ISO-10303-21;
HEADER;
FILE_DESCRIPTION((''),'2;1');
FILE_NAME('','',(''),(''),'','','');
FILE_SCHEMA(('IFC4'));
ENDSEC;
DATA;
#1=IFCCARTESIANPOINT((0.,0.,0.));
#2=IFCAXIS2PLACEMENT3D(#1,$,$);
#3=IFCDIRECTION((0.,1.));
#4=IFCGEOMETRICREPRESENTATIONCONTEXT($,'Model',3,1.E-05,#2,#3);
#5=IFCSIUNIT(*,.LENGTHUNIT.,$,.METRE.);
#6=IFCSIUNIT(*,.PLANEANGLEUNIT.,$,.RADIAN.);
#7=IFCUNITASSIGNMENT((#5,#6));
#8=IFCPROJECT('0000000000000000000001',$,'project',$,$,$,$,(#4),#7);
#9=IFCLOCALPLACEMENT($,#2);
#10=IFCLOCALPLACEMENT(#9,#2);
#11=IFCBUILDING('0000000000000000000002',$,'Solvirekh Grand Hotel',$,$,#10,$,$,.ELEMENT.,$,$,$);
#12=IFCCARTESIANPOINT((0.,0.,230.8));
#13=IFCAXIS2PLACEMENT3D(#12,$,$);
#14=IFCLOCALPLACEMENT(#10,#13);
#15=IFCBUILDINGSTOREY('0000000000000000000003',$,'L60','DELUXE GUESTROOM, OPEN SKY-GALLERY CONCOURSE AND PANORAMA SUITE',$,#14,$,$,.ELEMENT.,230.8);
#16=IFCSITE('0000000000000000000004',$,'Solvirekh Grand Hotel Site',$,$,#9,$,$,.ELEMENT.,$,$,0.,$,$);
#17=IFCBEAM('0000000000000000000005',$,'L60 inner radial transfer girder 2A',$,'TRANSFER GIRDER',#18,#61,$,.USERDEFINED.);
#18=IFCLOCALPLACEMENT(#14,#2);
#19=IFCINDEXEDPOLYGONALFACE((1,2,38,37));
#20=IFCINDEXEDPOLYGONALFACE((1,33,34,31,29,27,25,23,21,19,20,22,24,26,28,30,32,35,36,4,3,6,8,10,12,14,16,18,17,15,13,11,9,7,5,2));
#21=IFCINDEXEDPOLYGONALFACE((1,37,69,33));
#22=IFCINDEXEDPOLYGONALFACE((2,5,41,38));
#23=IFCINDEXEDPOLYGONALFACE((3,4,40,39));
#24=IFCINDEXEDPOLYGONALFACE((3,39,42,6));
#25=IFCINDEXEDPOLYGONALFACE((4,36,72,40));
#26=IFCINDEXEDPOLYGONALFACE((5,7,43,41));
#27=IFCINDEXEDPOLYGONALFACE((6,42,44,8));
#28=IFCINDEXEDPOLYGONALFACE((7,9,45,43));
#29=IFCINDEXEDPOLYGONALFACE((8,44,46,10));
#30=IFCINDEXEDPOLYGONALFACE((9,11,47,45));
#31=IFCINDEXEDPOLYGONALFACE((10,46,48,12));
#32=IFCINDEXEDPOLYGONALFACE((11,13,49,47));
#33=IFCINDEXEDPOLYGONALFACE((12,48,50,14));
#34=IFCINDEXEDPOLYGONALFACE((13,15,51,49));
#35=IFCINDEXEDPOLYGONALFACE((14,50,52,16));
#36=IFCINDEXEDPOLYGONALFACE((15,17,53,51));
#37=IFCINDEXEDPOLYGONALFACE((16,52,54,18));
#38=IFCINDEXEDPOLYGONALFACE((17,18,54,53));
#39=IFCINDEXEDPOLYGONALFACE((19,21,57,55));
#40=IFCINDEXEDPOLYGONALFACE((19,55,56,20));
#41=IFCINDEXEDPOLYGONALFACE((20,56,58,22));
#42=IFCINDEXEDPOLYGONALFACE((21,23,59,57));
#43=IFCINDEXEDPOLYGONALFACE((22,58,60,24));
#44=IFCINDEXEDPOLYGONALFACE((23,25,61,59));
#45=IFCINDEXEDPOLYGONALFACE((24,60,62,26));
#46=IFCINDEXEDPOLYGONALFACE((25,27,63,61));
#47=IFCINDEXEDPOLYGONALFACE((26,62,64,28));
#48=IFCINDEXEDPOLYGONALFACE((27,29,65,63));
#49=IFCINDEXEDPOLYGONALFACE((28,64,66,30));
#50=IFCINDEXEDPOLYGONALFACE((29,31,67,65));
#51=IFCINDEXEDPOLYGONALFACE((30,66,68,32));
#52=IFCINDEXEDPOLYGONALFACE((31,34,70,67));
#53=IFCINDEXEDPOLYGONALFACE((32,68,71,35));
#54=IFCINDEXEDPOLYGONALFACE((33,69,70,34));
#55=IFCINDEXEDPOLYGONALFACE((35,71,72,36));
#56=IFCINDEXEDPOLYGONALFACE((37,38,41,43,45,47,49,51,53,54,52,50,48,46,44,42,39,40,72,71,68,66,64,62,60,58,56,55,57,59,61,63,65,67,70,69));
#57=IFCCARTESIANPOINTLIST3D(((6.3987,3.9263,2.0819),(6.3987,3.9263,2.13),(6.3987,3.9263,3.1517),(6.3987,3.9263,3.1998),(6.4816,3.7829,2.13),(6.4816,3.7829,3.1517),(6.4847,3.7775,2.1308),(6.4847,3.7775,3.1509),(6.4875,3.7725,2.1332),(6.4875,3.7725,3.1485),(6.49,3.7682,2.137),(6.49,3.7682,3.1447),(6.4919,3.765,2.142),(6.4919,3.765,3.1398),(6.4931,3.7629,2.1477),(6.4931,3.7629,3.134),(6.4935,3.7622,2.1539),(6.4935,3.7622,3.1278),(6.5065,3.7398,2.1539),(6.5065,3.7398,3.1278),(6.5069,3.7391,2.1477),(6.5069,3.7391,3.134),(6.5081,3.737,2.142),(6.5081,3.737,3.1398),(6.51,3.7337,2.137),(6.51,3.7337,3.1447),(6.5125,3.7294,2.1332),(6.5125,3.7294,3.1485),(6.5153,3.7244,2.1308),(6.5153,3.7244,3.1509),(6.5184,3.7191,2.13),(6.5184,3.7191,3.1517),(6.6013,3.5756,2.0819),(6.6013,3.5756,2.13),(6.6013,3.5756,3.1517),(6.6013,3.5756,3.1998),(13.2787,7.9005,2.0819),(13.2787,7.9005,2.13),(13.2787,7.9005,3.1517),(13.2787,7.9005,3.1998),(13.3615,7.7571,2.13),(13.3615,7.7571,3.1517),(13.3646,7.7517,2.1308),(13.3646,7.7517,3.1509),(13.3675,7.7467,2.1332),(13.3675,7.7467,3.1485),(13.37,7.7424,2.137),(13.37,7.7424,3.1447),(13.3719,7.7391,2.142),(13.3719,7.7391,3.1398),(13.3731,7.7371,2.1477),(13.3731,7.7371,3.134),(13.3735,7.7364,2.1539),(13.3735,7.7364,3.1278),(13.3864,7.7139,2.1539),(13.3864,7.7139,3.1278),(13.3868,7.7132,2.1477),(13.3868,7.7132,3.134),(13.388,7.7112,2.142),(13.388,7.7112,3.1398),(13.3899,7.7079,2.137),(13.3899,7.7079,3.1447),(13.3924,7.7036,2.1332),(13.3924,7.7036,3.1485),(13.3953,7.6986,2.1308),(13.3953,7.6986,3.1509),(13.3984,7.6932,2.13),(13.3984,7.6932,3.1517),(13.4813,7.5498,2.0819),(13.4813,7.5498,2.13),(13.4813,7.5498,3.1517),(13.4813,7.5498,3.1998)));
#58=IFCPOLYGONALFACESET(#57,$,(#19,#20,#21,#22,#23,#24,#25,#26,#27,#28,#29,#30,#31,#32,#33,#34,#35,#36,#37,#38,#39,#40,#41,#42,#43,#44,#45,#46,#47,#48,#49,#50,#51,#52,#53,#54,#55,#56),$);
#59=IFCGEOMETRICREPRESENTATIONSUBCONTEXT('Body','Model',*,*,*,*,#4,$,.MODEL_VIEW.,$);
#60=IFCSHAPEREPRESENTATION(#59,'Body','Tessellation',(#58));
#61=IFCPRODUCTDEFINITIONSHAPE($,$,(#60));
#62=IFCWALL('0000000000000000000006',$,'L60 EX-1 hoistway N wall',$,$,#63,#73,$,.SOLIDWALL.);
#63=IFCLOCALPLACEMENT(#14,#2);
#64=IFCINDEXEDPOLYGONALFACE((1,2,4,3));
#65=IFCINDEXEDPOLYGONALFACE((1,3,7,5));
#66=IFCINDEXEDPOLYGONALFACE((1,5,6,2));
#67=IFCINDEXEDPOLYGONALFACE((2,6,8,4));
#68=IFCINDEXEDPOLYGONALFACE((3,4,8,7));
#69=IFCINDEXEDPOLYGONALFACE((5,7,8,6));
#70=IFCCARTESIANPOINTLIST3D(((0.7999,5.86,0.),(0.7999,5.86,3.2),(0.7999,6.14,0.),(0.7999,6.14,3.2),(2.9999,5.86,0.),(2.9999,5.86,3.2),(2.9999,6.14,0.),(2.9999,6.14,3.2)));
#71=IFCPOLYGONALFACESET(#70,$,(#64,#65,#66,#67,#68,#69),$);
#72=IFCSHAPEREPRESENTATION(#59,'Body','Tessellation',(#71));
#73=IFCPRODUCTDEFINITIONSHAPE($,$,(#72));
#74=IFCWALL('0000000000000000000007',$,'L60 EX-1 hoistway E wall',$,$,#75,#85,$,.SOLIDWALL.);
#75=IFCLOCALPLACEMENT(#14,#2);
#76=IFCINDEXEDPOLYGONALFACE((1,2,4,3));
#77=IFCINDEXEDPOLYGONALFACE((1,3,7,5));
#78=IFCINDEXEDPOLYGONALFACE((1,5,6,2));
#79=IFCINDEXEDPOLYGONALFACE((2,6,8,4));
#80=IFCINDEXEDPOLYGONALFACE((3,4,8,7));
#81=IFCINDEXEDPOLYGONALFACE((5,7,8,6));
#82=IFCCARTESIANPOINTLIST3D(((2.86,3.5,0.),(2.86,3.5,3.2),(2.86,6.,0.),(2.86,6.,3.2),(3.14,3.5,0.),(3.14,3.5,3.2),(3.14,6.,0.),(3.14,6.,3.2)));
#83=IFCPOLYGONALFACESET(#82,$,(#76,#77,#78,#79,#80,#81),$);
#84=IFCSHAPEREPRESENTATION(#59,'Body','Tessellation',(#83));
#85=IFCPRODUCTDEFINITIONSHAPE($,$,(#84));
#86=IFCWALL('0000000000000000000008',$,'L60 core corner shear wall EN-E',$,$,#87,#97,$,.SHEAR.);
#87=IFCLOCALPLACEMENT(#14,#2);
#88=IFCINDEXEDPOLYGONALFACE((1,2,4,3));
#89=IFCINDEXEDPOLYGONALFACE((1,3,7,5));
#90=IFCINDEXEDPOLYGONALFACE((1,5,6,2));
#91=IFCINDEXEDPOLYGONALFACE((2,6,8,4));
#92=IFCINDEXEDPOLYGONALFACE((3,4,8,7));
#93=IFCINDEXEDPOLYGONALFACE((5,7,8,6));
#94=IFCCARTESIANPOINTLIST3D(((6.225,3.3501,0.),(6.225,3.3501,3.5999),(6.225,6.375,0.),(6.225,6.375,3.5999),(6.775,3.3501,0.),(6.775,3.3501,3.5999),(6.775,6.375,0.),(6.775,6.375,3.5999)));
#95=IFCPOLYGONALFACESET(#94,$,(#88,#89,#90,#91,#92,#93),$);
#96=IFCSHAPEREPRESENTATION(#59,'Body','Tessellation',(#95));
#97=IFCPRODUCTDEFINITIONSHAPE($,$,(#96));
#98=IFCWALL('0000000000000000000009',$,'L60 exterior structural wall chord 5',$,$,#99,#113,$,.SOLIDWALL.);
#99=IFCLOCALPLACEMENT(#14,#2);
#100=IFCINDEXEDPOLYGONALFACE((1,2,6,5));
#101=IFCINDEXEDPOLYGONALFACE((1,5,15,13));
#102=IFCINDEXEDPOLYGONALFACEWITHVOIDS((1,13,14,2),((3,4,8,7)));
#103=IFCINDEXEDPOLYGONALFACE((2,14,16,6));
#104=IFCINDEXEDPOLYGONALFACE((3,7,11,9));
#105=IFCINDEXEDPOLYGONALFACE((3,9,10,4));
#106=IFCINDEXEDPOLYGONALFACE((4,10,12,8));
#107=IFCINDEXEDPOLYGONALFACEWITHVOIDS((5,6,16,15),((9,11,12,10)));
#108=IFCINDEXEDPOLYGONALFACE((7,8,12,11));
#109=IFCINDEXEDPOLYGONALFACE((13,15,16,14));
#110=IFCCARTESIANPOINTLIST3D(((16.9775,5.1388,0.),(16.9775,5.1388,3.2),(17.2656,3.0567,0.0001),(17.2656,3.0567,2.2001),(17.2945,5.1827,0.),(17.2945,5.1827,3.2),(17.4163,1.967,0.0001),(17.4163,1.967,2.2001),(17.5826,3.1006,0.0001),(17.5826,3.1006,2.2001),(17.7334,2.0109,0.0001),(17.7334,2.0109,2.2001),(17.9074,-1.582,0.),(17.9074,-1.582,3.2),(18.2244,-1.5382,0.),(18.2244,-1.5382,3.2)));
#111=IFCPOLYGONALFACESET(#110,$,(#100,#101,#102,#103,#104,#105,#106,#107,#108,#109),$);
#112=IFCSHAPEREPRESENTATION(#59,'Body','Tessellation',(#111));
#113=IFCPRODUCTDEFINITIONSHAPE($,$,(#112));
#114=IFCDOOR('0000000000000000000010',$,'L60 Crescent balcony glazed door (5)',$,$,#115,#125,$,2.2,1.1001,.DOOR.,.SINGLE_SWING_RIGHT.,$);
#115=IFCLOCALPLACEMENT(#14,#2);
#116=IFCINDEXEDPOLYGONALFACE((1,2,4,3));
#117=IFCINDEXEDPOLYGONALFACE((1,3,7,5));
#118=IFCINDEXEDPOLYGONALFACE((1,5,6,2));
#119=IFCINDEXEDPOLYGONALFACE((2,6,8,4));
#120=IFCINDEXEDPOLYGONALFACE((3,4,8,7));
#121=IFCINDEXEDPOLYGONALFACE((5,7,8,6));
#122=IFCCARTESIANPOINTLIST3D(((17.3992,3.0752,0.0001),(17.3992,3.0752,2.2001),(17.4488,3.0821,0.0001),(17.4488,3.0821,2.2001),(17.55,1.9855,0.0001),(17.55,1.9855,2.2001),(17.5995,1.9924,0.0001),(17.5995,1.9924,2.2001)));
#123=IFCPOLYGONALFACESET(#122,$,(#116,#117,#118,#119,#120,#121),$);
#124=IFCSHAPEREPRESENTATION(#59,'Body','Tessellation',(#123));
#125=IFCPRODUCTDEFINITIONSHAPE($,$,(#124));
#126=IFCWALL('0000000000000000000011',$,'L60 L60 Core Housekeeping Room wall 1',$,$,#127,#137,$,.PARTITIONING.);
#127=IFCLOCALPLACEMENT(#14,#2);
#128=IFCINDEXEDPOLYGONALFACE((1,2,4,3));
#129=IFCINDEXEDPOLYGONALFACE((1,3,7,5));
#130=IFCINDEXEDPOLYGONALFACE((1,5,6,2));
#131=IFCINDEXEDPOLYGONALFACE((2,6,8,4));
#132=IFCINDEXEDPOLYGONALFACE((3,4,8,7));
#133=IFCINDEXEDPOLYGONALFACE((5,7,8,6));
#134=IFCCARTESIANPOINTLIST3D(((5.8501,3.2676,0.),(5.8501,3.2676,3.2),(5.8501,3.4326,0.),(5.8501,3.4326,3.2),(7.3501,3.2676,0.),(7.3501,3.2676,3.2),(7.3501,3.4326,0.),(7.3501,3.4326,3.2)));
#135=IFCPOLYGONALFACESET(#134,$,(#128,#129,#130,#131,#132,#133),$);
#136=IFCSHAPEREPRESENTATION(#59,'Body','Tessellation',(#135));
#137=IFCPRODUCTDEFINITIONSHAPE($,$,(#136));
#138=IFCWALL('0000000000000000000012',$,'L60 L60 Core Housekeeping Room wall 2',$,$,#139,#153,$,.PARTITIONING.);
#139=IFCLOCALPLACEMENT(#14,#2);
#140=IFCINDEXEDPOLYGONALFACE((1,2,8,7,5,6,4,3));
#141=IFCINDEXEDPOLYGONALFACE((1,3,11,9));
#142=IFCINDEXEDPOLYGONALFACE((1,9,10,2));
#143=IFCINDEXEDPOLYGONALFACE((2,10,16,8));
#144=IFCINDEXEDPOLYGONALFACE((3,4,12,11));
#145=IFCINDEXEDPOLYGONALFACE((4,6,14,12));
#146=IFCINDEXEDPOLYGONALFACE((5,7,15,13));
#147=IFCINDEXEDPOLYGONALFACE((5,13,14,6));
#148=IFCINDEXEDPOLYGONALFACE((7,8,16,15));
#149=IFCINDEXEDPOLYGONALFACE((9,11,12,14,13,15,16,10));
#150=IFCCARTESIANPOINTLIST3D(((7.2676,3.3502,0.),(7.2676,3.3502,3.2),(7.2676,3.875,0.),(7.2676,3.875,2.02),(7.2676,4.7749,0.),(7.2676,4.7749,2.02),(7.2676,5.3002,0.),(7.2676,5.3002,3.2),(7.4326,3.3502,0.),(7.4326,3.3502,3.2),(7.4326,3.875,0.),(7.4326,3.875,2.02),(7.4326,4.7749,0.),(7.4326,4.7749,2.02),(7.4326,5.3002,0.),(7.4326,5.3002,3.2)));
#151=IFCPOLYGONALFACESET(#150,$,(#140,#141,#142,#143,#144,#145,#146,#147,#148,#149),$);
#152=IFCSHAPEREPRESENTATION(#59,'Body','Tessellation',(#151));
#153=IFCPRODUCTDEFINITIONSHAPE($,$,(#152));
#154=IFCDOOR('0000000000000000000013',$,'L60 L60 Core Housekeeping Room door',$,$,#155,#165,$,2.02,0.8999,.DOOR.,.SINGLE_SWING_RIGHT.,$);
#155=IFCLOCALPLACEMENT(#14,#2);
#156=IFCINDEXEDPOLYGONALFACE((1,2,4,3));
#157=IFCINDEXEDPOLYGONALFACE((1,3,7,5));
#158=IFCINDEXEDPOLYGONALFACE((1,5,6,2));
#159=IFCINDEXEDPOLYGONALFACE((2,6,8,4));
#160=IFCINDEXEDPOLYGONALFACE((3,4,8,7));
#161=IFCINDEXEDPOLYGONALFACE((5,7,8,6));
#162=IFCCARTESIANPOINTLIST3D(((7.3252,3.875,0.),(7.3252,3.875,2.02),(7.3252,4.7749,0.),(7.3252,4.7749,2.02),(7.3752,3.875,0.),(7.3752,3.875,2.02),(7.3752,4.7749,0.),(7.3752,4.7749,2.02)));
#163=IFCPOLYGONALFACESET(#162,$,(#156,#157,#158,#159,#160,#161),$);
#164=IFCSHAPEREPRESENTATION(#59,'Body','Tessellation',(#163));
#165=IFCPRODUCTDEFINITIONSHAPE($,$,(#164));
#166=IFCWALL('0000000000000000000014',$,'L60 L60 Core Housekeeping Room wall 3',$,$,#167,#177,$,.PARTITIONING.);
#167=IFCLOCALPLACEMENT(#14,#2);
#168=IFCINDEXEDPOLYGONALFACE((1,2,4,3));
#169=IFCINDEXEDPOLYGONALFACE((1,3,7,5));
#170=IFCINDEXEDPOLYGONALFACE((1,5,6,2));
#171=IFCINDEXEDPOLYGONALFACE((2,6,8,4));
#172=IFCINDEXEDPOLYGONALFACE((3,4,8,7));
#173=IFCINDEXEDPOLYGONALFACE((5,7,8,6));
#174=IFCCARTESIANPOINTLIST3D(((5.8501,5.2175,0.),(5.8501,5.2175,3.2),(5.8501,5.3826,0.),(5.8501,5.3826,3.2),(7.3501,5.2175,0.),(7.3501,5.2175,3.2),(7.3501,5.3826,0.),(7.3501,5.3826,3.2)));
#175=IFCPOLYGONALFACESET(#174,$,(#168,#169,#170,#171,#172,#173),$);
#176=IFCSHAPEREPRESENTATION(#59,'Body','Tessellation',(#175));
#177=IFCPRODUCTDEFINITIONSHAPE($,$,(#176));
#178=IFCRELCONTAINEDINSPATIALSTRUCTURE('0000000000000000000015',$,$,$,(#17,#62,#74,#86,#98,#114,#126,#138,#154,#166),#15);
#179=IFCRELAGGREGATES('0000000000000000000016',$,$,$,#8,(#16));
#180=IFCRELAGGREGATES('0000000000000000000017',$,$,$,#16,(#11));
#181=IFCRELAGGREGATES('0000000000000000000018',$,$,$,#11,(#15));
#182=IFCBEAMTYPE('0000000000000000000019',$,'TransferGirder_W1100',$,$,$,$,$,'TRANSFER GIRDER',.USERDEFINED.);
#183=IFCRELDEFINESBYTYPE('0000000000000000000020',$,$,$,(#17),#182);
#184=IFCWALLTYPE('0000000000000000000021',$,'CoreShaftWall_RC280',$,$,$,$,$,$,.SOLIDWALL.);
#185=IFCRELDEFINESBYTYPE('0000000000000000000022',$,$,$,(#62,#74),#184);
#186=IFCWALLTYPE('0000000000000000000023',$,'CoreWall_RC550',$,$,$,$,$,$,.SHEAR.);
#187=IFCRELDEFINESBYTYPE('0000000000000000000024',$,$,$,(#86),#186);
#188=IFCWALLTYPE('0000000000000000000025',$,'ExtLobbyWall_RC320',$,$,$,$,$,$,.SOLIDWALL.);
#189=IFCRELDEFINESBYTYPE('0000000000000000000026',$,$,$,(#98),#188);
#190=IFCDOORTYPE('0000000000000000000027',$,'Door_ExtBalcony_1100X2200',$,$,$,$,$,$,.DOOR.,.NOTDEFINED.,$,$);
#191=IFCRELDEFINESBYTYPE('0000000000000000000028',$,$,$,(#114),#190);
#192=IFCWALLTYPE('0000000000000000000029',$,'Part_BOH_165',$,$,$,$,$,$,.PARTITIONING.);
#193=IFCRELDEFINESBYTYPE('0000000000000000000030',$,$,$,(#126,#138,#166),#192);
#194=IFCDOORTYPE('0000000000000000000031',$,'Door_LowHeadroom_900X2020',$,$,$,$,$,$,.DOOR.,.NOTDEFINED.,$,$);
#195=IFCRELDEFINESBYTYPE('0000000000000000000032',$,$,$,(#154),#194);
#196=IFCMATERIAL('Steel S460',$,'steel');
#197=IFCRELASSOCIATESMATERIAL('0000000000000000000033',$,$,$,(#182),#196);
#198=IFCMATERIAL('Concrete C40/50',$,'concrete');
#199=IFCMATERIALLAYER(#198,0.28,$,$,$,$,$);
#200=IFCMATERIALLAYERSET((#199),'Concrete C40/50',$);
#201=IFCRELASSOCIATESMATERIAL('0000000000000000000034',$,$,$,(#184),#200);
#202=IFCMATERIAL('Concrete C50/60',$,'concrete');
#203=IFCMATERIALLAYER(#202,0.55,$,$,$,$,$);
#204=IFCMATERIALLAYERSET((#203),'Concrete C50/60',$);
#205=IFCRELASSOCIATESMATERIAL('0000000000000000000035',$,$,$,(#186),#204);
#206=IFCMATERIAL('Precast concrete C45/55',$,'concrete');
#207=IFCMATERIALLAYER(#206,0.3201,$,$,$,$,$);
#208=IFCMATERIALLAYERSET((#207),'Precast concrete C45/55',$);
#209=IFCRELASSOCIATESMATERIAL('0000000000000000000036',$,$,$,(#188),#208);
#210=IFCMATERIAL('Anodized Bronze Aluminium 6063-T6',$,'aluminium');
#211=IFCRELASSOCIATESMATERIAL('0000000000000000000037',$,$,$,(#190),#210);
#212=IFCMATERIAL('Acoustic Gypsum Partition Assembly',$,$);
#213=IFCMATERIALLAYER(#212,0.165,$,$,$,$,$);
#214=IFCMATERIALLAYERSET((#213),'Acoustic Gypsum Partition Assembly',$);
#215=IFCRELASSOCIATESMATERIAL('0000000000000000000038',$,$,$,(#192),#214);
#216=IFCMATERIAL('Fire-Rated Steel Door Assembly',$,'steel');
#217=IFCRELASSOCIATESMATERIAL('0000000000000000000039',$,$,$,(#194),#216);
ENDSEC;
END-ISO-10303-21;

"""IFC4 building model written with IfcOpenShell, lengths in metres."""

from ifc_helpers import new_model, si_unit, direction, frame, frame_2d, origin, origin_2d, place, context, subcontext, project, spatial, rectangle, i_section, extrude, material, layer, layer_set, material_profile, profile_set, type_object, element, fill, save


model = new_model("IFC4")

# Units and contexts
model_context = context("Model", 3, precision=1e-05, world=origin(), true_north=direction((0.0, 1.0)))
body_context = subcontext(model_context, "Body", "Model", "MODEL_VIEW")
ifc_project = project(units=[si_unit("LENGTHUNIT", "METRE"), si_unit("PLANEANGLEUNIT", "RADIAN")], contexts=[model_context])

# Site, building, storey
site_placement = place(None, origin())
site = spatial("IfcSite", under=ifc_project, at=site_placement, Name="Solvirekh Grand Hotel Site", CompositionType="ELEMENT", RefElevation=0.0)
building_placement = place(site_placement, origin())
building = spatial("IfcBuilding", under=site, at=building_placement, Name="Solvirekh Grand Hotel", CompositionType="ELEMENT")
storey_placement = place(building_placement, frame((0.0, 0.0, 230.8)))
storey = spatial("IfcBuildingStorey", under=building, at=storey_placement, Name="L60", Description="DELUXE GUESTROOM, OPEN SKY-GALLERY CONCOURSE AND PANORAMA SUITE", CompositionType="ELEMENT", Elevation=230.8)

# Beam
ifc_material_1 = material(Name="Steel S460", Category="steel")
ifc_material_profile = material_profile(ifc_material_1, i_section(OverallWidth=0.405, OverallDepth=1.1179, WebThickness=0.0259, FlangeThickness=0.0481, FilletRadius=0.0239, at=origin_2d()), Name="W1100X499")
ifc_profile_set = profile_set([ifc_material_profile], Name="Steel S460")
beam_type = type_object("IfcBeamType", Name="TransferGirder_W1100", ElementType="TRANSFER GIRDER", PredefinedType="USERDEFINED", material=ifc_profile_set)
beam_placement = place(storey_placement, frame((6.5, 3.751, 2.6409), z_axis=(0.865915, 0.500191, 0.0), x_axis=(-0.500191, 0.865915, 0.0)))
element("IfcBeam", 1, at=beam_placement, inside=storey, type_object=beam_type, Name="L60 inner radial transfer girder 2A", ObjectType="TRANSFER GIRDER", PredefinedType="USERDEFINED", context=body_context, shape_type="SweptSolid", body=[
    extrude(i_section(OverallWidth=0.405, OverallDepth=1.1179, WebThickness=0.0259, FlangeThickness=0.0481, FilletRadius=0.0239, at=origin_2d()), origin(), (0.0, 0.0, 1.0), 7.9453),
])

# Walls
ifc_material_2 = material(Name="Concrete C40/50", Category="concrete")
ifc_layer_1 = layer(ifc_material_2, 0.28)
ifc_layer_set_1 = layer_set([ifc_layer_1], Name="Concrete C40/50")
wall_type_1 = type_object("IfcWallType", Name="CoreShaftWall_RC280", PredefinedType="SOLIDWALL", material=ifc_layer_set_1)
wall_1_placement = place(storey_placement, frame((3.0, 6.0, 0.0), z_axis=(0.0, 0.0, 1.0), x_axis=(-1.0, 0.0, 0.0)))
element("IfcWall", 2, at=wall_1_placement, inside=storey, type_object=wall_type_1, Name="L60 EX-1 hoistway N wall", PredefinedType="SOLIDWALL", context=body_context, shape_type="SweptSolid", body=[
    extrude(rectangle(XDim=2.2, YDim=0.28, at=frame_2d((1.1001, 0.0))), origin(), (0.0, 0.0, 1.0), 3.2),
])
wall_2_placement = place(storey_placement, frame((3.0, 3.5, 0.0), z_axis=(0.0, 0.0, 1.0), x_axis=(0.0, 1.0, 0.0)))
element("IfcWall", 3, at=wall_2_placement, inside=storey, type_object=wall_type_1, Name="L60 EX-1 hoistway E wall", PredefinedType="SOLIDWALL", context=body_context, shape_type="SweptSolid", body=[
    extrude(rectangle(XDim=2.5, YDim=0.28, at=frame_2d((1.25, 0.0))), origin(), (0.0, 0.0, 1.0), 3.2),
])
ifc_material_3 = material(Name="Concrete C50/60", Category="concrete")
ifc_layer_2 = layer(ifc_material_3, 0.55)
ifc_layer_set_2 = layer_set([ifc_layer_2], Name="Concrete C50/60")
wall_type_2 = type_object("IfcWallType", Name="CoreWall_RC550", PredefinedType="SHEAR", material=ifc_layer_set_2)
wall_3_placement = place(storey_placement, frame((6.5, 3.3501, 0.0), z_axis=(0.0, 0.0, 1.0), x_axis=(0.0, 1.0, 0.0)))
element("IfcWall", 4, at=wall_3_placement, inside=storey, type_object=wall_type_2, Name="L60 core corner shear wall EN-E", PredefinedType="SHEAR", context=body_context, shape_type="SweptSolid", body=[
    extrude(rectangle(XDim=3.0249, YDim=0.55, at=frame_2d((1.5125, 0.0))), origin(), (0.0, 0.0, 1.0), 3.5999),
])

# Wall, opening, door
ifc_material_4 = material(Name="Precast concrete C45/55", Category="concrete")
ifc_layer_3 = layer(ifc_material_4, 0.3201)
ifc_layer_set_3 = layer_set([ifc_layer_3], Name="Precast concrete C45/55")
wall_type_3 = type_object("IfcWallType", Name="ExtLobbyWall_RC320", PredefinedType="SOLIDWALL", material=ifc_layer_set_3)
wall_4_placement = place(storey_placement, frame((17.136, 5.1609, 0.0), z_axis=(0.0, 0.0, 1.0), x_axis=(0.137057, -0.990563, 0.0)))
wall_4 = element("IfcWall", 5, at=wall_4_placement, inside=storey, type_object=wall_type_3, Name="L60 exterior structural wall chord 5", PredefinedType="SOLIDWALL", context=body_context, shape_type="SweptSolid", body=[
    extrude(rectangle(XDim=6.7849, YDim=0.3201, at=frame_2d((3.3926, 0.0))), origin(), (0.0, 0.0, 1.0), 3.2),
])
opening_1_placement = place(wall_4_placement, frame((2.1021, 0.0, 0.0)))
opening_1 = element("IfcOpeningElement", 6, at=opening_1_placement, cuts=wall_4, PredefinedType="OPENING", context=body_context, shape_type="SweptSolid", body=[
    extrude(rectangle(XDim=1.1001, YDim=2.2, at=frame_2d((0.55, 1.1001))), frame((0.0, 0.1699, 0.0), z_axis=(0.0, -1.0, 0.0), x_axis=(1.0, 0.0, 0.0)), (0.0, 0.0, 1.0), 0.3401),
])
ifc_material_5 = material(Name="Anodized Bronze Aluminium 6063-T6", Category="aluminium")
door_type_1 = type_object("IfcDoorType", Name="Door_ExtBalcony_1100X2200", OperationType="NOTDEFINED", PredefinedType="DOOR", material=ifc_material_5)
door_1_placement = place(opening_1_placement, origin())
door_1 = element("IfcDoor", 7, at=door_1_placement, inside=storey, type_object=door_type_1, Name="L60 Crescent balcony glazed door (5)", OperationType="SINGLE_SWING_RIGHT", OverallHeight=2.2, OverallWidth=1.1001, PredefinedType="DOOR", context=body_context, shape_type="SweptSolid", body=[
    extrude(rectangle(XDim=1.1001, YDim=2.2, at=frame_2d((0.55, 1.1001))), frame((0.0, 0.0249, 0.0), z_axis=(0.0, -1.0, 0.0), x_axis=(1.0, 0.0, 0.0)), (0.0, 0.0, 1.0), 0.05),
])
fill(opening_1, door_1)

# Wall
ifc_material_6 = material(Name="Acoustic Gypsum Partition Assembly")
ifc_layer_4 = layer(ifc_material_6, 0.165)
ifc_layer_set_4 = layer_set([ifc_layer_4], Name="Acoustic Gypsum Partition Assembly")
wall_type_4 = type_object("IfcWallType", Name="Part_BOH_165", PredefinedType="PARTITIONING", material=ifc_layer_set_4)
wall_5_placement = place(storey_placement, frame((5.8501, 3.3501, 0.0), z_axis=(0.0, 0.0, 1.0), x_axis=(1.0, 0.0, 0.0)))
element("IfcWall", 8, at=wall_5_placement, inside=storey, type_object=wall_type_4, Name="L60 L60 Core Housekeeping Room wall 1", PredefinedType="PARTITIONING", context=body_context, shape_type="SweptSolid", body=[
    extrude(rectangle(XDim=1.5, YDim=0.165, at=frame_2d((0.75, 0.0))), origin(), (0.0, 0.0, 1.0), 3.2),
])

# Wall, opening, door
wall_6_placement = place(storey_placement, frame((7.3501, 3.3501, 0.0), z_axis=(0.0, 0.0, 1.0), x_axis=(0.0, 1.0, 0.0)))
wall_6 = element("IfcWall", 9, at=wall_6_placement, inside=storey, type_object=wall_type_4, Name="L60 L60 Core Housekeeping Room wall 2", PredefinedType="PARTITIONING", context=body_context, shape_type="SweptSolid", body=[
    extrude(rectangle(XDim=1.95, YDim=0.165, at=frame_2d((0.9751, 0.0))), origin(), (0.0, 0.0, 1.0), 3.2),
])
opening_2_placement = place(wall_6_placement, frame((0.5249, 0.0, 0.0)))
opening_2 = element("IfcOpeningElement", 10, at=opening_2_placement, cuts=wall_6, PredefinedType="OPENING", context=body_context, shape_type="SweptSolid", body=[
    extrude(rectangle(XDim=0.8999, YDim=2.02, at=frame_2d((0.45, 1.01))), frame((0.0, 0.0925, 0.0), z_axis=(0.0, -1.0, 0.0), x_axis=(1.0, 0.0, 0.0)), (0.0, 0.0, 1.0), 0.1851),
])
ifc_material_7 = material(Name="Fire-Rated Steel Door Assembly", Category="steel")
door_type_2 = type_object("IfcDoorType", Name="Door_LowHeadroom_900X2020", OperationType="NOTDEFINED", PredefinedType="DOOR", material=ifc_material_7)
door_2_placement = place(opening_2_placement, origin())
door_2 = element("IfcDoor", 11, at=door_2_placement, inside=storey, type_object=door_type_2, Name="L60 L60 Core Housekeeping Room door", OperationType="SINGLE_SWING_RIGHT", OverallHeight=2.02, OverallWidth=0.8999, PredefinedType="DOOR", context=body_context, shape_type="SweptSolid", body=[
    extrude(rectangle(XDim=0.8999, YDim=2.02, at=frame_2d((0.45, 1.01))), frame((0.0, 0.0249, 0.0), z_axis=(0.0, -1.0, 0.0), x_axis=(1.0, 0.0, 0.0)), (0.0, 0.0, 1.0), 0.05),
])
fill(opening_2, door_2)

# Wall
wall_7_placement = place(storey_placement, frame((7.3501, 5.3, 0.0), z_axis=(0.0, 0.0, 1.0), x_axis=(-1.0, 0.0, 0.0)))
element("IfcWall", 12, at=wall_7_placement, inside=storey, type_object=wall_type_4, Name="L60 L60 Core Housekeeping Room wall 3", PredefinedType="PARTITIONING", context=body_context, shape_type="SweptSolid", body=[
    extrude(rectangle(XDim=1.5, YDim=0.165, at=frame_2d((0.75, 0.0))), origin(), (0.0, 0.0, 1.0), 3.2),
])

save(model, "model.ifc")
